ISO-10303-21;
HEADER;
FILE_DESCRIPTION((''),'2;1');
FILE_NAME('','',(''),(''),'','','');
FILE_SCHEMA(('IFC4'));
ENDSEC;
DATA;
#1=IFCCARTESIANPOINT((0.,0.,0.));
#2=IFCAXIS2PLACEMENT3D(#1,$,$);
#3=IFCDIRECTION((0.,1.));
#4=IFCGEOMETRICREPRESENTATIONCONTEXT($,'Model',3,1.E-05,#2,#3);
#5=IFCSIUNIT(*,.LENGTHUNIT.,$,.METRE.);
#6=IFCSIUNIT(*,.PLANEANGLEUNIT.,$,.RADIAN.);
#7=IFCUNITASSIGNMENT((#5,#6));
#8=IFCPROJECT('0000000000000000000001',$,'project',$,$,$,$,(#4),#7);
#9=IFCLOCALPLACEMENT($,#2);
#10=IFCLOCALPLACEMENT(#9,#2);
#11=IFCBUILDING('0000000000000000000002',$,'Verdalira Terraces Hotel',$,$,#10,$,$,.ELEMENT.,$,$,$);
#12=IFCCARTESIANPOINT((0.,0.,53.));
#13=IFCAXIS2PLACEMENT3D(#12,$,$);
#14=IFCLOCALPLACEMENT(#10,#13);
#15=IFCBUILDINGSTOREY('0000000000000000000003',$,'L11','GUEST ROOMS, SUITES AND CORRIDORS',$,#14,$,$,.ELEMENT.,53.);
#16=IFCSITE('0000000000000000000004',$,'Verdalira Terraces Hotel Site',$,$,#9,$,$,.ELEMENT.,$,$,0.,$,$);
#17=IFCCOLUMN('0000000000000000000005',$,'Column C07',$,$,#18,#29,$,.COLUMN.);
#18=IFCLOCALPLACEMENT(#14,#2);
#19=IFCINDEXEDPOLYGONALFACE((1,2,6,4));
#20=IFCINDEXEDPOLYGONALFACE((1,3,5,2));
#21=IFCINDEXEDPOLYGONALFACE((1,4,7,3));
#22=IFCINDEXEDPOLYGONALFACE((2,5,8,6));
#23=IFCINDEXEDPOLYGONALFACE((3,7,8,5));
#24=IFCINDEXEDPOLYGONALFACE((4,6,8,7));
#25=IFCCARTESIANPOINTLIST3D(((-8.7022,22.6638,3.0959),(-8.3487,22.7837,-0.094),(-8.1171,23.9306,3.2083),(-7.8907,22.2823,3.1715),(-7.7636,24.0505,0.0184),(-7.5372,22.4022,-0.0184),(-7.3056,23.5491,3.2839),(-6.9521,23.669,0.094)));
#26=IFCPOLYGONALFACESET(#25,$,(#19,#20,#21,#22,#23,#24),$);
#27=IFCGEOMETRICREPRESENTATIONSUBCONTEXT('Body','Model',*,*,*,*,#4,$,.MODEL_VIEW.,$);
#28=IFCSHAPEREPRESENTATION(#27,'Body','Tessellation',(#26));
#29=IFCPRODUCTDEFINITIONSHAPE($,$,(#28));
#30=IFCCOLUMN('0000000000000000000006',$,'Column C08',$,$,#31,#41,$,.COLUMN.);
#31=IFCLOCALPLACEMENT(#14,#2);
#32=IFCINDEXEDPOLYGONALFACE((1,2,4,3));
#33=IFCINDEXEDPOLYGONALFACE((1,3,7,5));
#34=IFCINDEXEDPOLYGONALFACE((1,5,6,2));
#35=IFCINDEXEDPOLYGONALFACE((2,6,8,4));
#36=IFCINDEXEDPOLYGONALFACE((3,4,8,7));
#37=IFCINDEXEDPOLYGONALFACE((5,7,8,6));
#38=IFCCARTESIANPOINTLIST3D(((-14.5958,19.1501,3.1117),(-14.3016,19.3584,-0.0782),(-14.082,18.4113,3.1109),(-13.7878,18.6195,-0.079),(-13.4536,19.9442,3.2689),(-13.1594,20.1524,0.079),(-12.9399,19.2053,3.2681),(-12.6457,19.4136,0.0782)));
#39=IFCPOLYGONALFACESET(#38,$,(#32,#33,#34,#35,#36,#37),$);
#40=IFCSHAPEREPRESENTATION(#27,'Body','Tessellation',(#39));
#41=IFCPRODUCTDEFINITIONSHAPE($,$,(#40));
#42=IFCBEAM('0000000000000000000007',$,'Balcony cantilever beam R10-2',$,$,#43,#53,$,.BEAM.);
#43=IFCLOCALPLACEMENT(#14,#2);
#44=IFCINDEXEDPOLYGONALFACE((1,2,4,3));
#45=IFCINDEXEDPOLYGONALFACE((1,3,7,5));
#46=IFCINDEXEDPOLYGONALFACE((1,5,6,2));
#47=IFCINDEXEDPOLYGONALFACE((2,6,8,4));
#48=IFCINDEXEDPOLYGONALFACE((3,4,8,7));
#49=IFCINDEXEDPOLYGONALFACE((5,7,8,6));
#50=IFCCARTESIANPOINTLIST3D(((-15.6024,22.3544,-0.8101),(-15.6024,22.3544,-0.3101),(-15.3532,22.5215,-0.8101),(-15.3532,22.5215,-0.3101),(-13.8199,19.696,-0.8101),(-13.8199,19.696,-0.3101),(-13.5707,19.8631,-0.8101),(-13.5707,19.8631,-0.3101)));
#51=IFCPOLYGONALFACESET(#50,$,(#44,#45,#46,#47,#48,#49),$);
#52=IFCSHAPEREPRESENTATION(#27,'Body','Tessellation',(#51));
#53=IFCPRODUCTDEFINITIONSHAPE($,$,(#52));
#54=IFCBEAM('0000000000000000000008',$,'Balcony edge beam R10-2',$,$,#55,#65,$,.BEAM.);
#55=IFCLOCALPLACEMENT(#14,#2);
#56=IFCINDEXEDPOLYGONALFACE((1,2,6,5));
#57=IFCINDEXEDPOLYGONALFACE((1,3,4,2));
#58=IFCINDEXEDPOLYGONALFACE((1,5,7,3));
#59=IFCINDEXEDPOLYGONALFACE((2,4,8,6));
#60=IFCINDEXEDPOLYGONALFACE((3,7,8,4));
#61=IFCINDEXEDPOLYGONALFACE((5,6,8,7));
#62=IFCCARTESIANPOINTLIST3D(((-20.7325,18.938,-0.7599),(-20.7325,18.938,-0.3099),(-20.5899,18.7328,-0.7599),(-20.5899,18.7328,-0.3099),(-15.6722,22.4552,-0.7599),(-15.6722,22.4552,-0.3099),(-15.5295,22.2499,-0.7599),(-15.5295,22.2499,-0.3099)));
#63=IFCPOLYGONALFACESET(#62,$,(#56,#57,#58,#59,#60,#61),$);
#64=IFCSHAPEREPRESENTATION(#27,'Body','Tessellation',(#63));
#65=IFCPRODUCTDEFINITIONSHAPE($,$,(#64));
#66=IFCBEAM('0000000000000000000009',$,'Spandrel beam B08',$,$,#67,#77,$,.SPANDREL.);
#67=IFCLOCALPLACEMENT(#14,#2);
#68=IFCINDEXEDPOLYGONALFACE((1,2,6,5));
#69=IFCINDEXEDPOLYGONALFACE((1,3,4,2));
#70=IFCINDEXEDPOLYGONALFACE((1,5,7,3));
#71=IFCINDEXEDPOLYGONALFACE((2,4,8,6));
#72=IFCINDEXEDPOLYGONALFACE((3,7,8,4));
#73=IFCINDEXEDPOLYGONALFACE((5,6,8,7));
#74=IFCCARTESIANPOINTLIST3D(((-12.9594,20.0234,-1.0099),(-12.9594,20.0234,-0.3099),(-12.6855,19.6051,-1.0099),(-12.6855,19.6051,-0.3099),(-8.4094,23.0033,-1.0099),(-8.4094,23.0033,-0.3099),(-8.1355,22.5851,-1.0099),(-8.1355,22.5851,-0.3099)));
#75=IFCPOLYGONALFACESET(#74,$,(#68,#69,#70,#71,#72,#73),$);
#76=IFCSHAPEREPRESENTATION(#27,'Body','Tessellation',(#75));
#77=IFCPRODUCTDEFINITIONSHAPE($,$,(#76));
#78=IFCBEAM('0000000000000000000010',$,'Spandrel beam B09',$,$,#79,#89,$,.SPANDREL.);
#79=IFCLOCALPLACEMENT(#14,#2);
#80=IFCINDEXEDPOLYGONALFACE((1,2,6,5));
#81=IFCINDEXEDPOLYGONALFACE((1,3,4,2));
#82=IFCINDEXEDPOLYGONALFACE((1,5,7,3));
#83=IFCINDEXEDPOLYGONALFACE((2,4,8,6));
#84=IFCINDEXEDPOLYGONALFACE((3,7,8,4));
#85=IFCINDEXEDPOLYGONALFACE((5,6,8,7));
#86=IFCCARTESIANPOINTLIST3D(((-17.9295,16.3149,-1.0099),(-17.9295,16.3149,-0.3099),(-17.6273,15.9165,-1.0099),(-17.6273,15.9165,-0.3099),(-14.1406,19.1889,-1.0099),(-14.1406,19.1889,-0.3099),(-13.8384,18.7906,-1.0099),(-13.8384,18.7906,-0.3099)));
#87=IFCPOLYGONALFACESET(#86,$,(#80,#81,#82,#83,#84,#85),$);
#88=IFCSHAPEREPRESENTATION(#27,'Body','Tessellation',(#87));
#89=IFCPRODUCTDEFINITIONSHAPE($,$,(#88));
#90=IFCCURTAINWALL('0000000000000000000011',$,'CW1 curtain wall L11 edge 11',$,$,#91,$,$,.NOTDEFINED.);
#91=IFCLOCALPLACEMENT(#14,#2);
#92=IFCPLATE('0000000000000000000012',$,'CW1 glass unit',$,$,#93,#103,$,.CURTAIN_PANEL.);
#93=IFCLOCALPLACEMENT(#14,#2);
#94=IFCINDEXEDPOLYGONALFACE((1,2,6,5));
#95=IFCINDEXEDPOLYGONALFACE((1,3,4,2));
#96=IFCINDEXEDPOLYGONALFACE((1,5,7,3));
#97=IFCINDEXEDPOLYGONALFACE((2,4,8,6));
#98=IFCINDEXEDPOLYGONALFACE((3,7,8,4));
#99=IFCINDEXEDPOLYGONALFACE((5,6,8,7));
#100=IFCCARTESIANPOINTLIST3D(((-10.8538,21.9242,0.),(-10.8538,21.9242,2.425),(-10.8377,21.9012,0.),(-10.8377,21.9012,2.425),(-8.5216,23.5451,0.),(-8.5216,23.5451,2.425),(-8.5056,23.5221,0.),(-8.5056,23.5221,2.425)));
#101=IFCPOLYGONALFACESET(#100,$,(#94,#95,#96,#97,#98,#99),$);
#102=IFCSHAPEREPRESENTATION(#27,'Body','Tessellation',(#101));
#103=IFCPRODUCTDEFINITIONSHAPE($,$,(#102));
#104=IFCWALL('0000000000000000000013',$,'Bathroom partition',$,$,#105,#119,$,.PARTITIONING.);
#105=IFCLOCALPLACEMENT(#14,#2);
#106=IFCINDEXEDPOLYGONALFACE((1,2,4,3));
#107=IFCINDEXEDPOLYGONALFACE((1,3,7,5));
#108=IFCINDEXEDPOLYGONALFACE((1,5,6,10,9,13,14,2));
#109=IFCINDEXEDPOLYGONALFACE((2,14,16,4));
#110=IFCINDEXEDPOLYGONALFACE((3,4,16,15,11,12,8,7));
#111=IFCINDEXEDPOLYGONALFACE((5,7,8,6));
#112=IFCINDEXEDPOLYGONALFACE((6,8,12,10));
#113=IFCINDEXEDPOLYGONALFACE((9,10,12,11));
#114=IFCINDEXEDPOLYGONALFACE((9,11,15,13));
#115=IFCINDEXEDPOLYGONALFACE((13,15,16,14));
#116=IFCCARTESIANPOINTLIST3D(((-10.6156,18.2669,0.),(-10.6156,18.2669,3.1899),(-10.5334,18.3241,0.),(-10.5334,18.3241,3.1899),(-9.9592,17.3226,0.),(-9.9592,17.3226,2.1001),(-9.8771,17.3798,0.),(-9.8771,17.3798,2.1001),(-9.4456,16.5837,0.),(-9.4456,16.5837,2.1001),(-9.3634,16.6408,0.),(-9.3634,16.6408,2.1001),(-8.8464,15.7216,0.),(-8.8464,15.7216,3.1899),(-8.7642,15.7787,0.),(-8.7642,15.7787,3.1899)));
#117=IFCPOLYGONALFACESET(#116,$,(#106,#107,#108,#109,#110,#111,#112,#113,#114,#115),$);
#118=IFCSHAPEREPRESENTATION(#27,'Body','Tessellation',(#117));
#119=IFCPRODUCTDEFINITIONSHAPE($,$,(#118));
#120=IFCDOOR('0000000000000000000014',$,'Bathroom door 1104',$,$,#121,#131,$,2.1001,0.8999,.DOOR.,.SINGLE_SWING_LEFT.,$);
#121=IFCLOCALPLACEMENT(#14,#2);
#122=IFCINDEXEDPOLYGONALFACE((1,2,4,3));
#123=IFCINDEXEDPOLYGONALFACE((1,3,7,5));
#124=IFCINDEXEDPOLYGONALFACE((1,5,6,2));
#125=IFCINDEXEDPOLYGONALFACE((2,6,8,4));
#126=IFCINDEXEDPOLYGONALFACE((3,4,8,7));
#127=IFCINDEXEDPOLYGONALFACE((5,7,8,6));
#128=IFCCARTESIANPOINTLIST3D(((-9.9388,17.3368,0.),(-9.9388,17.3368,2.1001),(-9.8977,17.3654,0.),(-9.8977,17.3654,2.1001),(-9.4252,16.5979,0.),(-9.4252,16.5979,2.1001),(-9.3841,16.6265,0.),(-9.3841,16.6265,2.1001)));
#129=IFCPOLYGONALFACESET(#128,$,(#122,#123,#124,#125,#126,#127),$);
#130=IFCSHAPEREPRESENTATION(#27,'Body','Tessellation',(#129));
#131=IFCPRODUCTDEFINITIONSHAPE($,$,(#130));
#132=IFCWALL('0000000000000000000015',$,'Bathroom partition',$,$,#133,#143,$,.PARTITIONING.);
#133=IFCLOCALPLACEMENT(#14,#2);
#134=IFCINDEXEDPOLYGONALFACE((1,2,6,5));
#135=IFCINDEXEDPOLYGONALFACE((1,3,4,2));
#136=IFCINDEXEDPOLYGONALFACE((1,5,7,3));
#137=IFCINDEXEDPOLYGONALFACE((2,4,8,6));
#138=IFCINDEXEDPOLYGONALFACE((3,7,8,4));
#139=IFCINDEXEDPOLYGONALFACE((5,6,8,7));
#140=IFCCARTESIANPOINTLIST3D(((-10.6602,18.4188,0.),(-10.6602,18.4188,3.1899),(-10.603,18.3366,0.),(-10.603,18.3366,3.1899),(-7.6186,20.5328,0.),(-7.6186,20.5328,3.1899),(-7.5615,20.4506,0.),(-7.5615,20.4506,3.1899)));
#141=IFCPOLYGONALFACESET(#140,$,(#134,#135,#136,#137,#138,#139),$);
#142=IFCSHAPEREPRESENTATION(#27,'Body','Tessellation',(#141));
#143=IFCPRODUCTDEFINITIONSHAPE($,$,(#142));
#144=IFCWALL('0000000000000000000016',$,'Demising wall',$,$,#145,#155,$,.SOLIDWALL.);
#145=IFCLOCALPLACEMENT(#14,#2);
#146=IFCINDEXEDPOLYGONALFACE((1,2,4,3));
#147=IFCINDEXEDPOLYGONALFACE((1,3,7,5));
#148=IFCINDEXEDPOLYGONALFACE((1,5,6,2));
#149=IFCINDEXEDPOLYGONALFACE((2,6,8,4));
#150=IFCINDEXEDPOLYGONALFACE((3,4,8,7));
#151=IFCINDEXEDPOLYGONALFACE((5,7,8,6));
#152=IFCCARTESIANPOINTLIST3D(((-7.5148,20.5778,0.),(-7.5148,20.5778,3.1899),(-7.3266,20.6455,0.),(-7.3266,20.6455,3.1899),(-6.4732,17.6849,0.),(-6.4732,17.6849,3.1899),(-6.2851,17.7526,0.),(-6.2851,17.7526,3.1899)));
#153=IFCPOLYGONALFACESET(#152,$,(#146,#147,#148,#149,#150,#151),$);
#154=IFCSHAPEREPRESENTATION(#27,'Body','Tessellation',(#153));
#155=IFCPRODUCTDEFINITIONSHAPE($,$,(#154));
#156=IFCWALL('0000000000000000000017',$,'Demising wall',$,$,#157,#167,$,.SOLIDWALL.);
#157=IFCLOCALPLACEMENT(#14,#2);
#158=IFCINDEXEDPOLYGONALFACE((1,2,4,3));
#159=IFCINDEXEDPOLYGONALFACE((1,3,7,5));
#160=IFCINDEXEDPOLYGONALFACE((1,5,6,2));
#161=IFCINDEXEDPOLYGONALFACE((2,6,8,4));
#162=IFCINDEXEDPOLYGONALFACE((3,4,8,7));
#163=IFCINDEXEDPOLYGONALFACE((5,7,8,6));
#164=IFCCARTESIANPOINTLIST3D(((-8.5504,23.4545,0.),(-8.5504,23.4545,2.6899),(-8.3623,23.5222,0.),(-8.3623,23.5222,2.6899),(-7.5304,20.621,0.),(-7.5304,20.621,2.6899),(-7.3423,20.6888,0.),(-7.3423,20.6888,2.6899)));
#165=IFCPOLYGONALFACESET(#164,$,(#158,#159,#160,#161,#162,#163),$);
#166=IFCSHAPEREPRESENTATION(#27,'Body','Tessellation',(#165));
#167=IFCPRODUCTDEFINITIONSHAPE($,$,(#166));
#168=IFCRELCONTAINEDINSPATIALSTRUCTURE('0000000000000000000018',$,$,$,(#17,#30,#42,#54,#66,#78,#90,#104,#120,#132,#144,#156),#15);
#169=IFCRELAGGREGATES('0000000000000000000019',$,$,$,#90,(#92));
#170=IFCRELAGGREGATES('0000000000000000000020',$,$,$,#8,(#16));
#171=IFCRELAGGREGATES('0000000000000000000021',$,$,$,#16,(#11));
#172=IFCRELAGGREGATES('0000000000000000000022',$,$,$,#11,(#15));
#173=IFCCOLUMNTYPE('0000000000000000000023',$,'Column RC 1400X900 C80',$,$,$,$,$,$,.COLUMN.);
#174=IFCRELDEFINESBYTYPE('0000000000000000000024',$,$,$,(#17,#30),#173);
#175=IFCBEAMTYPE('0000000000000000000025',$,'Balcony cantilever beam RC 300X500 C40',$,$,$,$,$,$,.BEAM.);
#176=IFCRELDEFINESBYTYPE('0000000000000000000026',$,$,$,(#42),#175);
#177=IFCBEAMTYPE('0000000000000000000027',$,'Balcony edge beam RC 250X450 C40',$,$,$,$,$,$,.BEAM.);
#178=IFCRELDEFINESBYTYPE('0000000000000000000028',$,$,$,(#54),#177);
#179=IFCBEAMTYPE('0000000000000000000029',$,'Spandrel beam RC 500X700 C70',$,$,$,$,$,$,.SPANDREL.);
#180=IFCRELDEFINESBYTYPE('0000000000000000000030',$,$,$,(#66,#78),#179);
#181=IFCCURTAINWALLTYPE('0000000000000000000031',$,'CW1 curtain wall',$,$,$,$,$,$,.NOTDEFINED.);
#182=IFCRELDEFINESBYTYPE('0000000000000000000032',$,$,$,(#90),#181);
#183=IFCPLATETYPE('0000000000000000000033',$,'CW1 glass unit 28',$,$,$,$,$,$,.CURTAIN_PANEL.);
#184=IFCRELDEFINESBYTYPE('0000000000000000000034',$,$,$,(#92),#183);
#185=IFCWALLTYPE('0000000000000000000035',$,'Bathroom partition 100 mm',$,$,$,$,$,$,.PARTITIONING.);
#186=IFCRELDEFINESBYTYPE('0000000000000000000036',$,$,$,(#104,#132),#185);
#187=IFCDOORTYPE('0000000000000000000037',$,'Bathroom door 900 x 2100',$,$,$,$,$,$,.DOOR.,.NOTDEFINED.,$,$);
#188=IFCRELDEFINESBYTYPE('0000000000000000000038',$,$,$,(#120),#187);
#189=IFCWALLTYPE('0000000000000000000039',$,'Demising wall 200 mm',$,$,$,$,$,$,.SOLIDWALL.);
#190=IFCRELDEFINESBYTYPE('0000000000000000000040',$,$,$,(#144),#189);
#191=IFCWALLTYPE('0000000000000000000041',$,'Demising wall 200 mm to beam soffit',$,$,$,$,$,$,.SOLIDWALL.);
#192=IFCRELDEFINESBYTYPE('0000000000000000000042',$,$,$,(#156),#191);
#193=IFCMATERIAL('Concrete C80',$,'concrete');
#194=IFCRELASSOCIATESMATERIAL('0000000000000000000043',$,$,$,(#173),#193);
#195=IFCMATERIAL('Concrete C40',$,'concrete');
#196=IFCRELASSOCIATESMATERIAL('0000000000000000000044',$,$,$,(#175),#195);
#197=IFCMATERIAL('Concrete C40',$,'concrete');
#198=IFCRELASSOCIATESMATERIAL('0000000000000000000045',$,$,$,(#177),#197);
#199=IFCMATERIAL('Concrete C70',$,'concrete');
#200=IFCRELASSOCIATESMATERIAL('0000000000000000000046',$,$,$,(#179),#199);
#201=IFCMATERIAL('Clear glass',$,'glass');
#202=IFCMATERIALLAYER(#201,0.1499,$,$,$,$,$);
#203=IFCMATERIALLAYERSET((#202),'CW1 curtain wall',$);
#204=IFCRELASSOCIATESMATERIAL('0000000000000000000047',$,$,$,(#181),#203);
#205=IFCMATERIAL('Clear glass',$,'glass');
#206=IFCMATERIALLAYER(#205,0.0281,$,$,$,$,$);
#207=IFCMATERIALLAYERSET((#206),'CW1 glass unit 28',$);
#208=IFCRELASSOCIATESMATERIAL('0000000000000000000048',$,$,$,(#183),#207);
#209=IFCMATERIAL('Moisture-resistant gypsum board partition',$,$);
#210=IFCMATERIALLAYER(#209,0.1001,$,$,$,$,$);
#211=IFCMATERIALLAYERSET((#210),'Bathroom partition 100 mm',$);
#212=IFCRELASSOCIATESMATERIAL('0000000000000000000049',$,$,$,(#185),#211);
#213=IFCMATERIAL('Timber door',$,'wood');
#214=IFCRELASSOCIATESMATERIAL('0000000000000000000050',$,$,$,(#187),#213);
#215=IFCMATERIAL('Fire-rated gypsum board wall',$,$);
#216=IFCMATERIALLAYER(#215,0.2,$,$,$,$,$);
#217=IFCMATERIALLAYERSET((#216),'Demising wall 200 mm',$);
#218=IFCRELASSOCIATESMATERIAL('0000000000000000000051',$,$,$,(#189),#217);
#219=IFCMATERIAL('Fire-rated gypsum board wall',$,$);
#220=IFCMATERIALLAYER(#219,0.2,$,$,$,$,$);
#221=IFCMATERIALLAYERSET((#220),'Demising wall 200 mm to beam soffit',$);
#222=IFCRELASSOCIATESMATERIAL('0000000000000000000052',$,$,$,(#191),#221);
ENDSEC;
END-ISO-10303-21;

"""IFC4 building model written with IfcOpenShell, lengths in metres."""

from ifc_helpers import new_model, si_unit, direction, frame, frame_2d, origin, origin_2d, place, context, subcontext, project, spatial, rectangle, extrude, material, layer, layer_set, material_profile, profile_set, type_object, element, fill, aggregate, save


model = new_model("IFC4")

# Units and contexts
model_context = context("Model", 3, precision=1e-05, world=origin(), true_north=direction((0.0, 1.0)))
body_context = subcontext(model_context, "Body", "Model", "MODEL_VIEW")
ifc_project = project(units=[si_unit("LENGTHUNIT", "METRE"), si_unit("PLANEANGLEUNIT", "RADIAN")], contexts=[model_context])

# Site, building, storey
site_placement = place(None, origin())
site = spatial("IfcSite", under=ifc_project, at=site_placement, Name="Verdalira Terraces Hotel Site", CompositionType="ELEMENT", RefElevation=0.0)
building_placement = place(site_placement, origin())
building = spatial("IfcBuilding", under=site, at=building_placement, Name="Verdalira Terraces Hotel", CompositionType="ELEMENT")
storey_placement = place(building_placement, frame((0.0, 0.0, 53.0)))
storey = spatial("IfcBuildingStorey", under=building, at=storey_placement, Name="L11", Description="GUEST ROOMS, SUITES AND CORRIDORS", CompositionType="ELEMENT", Elevation=53.0)

# Columns
ifc_material_1 = material(Name="Concrete C80", Category="concrete")
ifc_material_profile_1 = material_profile(ifc_material_1, rectangle(XDim=1.3999, YDim=0.8999, at=origin_2d()), Name="RC 1400X900")
ifc_profile_set_1 = profile_set([ifc_material_profile_1], Name="Concrete C80")
column_type = type_object("IfcColumnType", Name="Column RC 1400X900 C80", PredefinedType="COLUMN", material=ifc_profile_set_1)
column_1_placement = place(storey_placement, frame((-7.6504, 23.2263, 0.0), z_axis=(-0.110071, -0.037324, 0.993223), x_axis=(0.417947, 0.904914, 0.080323)))
element("IfcColumn", 1, at=column_1_placement, inside=storey, type_object=column_type, Name="Column C07", PredefinedType="COLUMN", context=body_context, shape_type="SweptSolid", body=[
    extrude(rectangle(XDim=1.3999, YDim=0.8999, at=origin_2d()), origin(), (0.0, 0.0, 1.0), 3.2117),
])
column_2_placement = place(storey_placement, frame((-13.4736, 19.386, 0.0), z_axis=(-0.091641, -0.064871, 0.993677), x_axis=(-0.815879, -0.567217, -0.112274)))
element("IfcColumn", 2, at=column_2_placement, inside=storey, type_object=column_type, Name="Column C08", PredefinedType="COLUMN", context=body_context, shape_type="SweptSolid", body=[
    extrude(rectangle(XDim=1.3999, YDim=0.8999, at=origin_2d()), origin(), (0.0, 0.0, 1.0), 3.2102),
])

# Beams
ifc_material_2 = material(Name="Concrete C40", Category="concrete")
ifc_material_profile_2 = material_profile(ifc_material_2, rectangle(XDim=0.3, YDim=0.5, at=origin_2d()), Name="RC 300X500")
ifc_profile_set_2 = profile_set([ifc_material_profile_2], Name="Concrete C40")
beam_type_1 = type_object("IfcBeamType", Name="Balcony cantilever beam RC 300X500 C40", PredefinedType="BEAM", material=ifc_profile_set_2)
beam_1_placement = place(storey_placement, frame((-13.6953, 19.7795, -0.5601), z_axis=(-0.556899, 0.830581, 0.0), x_axis=(-0.830581, -0.556899, 0.0)))
element("IfcBeam", 3, at=beam_1_placement, inside=storey, type_object=beam_type_1, Name="Balcony cantilever beam R10-2", PredefinedType="BEAM", context=body_context, shape_type="SweptSolid", body=[
    extrude(rectangle(XDim=0.3, YDim=0.5, at=origin_2d()), origin(), (0.0, 0.0, 1.0), 3.2007),
])
ifc_material_3 = material(Name="Concrete C40", Category="concrete")
ifc_material_profile_3 = material_profile(ifc_material_3, rectangle(XDim=0.25, YDim=0.45, at=origin_2d()), Name="RC 250X450")
ifc_profile_set_3 = profile_set([ifc_material_profile_3], Name="Concrete C40")
beam_type_2 = type_object("IfcBeamType", Name="Balcony edge beam RC 250X450 C40", PredefinedType="BEAM", material=ifc_profile_set_3)
beam_2_placement = place(storey_placement, frame((-15.6008, 22.3525, -0.5349), z_axis=(-0.821143, -0.570723, 0.0), x_axis=(0.570723, -0.821143, 0.0)))
element("IfcBeam", 4, at=beam_2_placement, inside=storey, type_object=beam_type_2, Name="Balcony edge beam R10-2", PredefinedType="BEAM", context=body_context, shape_type="SweptSolid", body=[
    extrude(rectangle(XDim=0.25, YDim=0.45, at=origin_2d()), origin(), (0.0, 0.0, 1.0), 6.1626),
])
ifc_material_4 = material(Name="Concrete C70", Category="concrete")
ifc_material_profile_4 = material_profile(ifc_material_4, rectangle(XDim=0.5, YDim=0.7, at=origin_2d()), Name="RC 500X700")
ifc_profile_set_4 = profile_set([ifc_material_profile_4], Name="Concrete C70")
beam_type_3 = type_object("IfcBeamType", Name="Spandrel beam RC 500X700 C70", PredefinedType="SPANDREL", material=ifc_profile_set_4)
beam_3_placement = place(storey_placement, frame((-8.2725, 22.7942, -0.6599), z_axis=(-0.836553, -0.547887, 0.0), x_axis=(0.547887, -0.836553, 0.0)))
element("IfcBeam", 5, at=beam_3_placement, inside=storey, type_object=beam_type_3, Name="Spandrel beam B08", PredefinedType="SPANDREL", context=body_context, shape_type="SweptSolid", body=[
    extrude(rectangle(XDim=0.5, YDim=0.7, at=origin_2d()), origin(), (0.0, 0.0, 1.0), 5.439),
])
beam_4_placement = place(storey_placement, frame((-13.9895, 18.9897, -0.6599), z_axis=(-0.796717, -0.604353, 0.0), x_axis=(0.604353, -0.796717, 0.0)))
element("IfcBeam", 6, at=beam_4_placement, inside=storey, type_object=beam_type_3, Name="Spandrel beam B09", PredefinedType="SPANDREL", context=body_context, shape_type="SweptSolid", body=[
    extrude(rectangle(XDim=0.5, YDim=0.7, at=origin_2d()), origin(), (0.0, 0.0, 1.0), 4.7556),
])

# Curtain wall, plate
ifc_material_5 = material(Name="Clear glass", Category="glass")
ifc_layer_1 = layer(ifc_material_5, 0.1499)
ifc_layer_set_1 = layer_set([ifc_layer_1], Name="CW1 curtain wall")
curtain_wall_type = type_object("IfcCurtainWallType", Name="CW1 curtain wall", PredefinedType="NOTDEFINED", material=ifc_layer_set_1)
curtain_wall_placement = place(storey_placement, origin())
curtain_wall = element("IfcCurtainWall", 7, at=curtain_wall_placement, inside=storey, type_object=curtain_wall_type, Name="CW1 curtain wall L11 edge 11", PredefinedType="NOTDEFINED")
ifc_material_6 = material(Name="Clear glass", Category="glass")
ifc_layer_2 = layer(ifc_material_6, 0.0281)
ifc_layer_set_2 = layer_set([ifc_layer_2], Name="CW1 glass unit 28")
plate_type = type_object("IfcPlateType", Name="CW1 glass unit 28", PredefinedType="CURTAIN_PANEL", material=ifc_layer_set_2)
plate_placement = place(storey_placement, frame((-9.6797, 22.7231, 0.0), z_axis=(0.0, 0.0, 1.0), x_axis=(-0.821149, -0.570714, 0.0)))
plate = element("IfcPlate", 8, at=plate_placement, type_object=plate_type, Name="CW1 glass unit", PredefinedType="CURTAIN_PANEL", context=body_context, shape_type="SweptSolid", body=[
    extrude(rectangle(XDim=2.8401, YDim=0.0281, at=origin_2d()), origin(), (0.0, 0.0, 1.0), 2.425),
])
aggregate(curtain_wall, [plate])

# Wall, opening, door
ifc_material_7 = material(Name="Moisture-resistant gypsum board partition")
ifc_layer_3 = layer(ifc_material_7, 0.1001)
ifc_layer_set_3 = layer_set([ifc_layer_3], Name="Bathroom partition 100 mm")
wall_type_1 = type_object("IfcWallType", Name="Bathroom partition 100 mm", PredefinedType="PARTITIONING", material=ifc_layer_set_3)
wall_1_placement = place(storey_placement, frame((-10.5745, 18.2954, 0.0), z_axis=(0.0, 0.0, 1.0), x_axis=(0.570753, -0.821122, 0.0)))
wall_1 = element("IfcWall", 9, at=wall_1_placement, inside=storey, type_object=wall_type_1, Name="Bathroom partition", PredefinedType="PARTITIONING", context=body_context, shape_type="SweptSolid", body=[
    extrude(rectangle(XDim=3.0999, YDim=0.1001, at=frame_2d((1.5498, 0.0))), origin(), (0.0, 0.0, 1.0), 3.1899),
])
opening_1_placement = place(wall_1_placement, frame((1.1499, 0.0, 0.0)))
opening_1 = element("IfcOpeningElement", 10, at=opening_1_placement, cuts=wall_1, PredefinedType="OPENING", context=body_context, shape_type="SweptSolid", body=[
    extrude(rectangle(XDim=0.8999, YDim=2.1001, at=frame_2d((0.45, 1.05))), frame((0.0, 0.0601, 0.0), z_axis=(0.0, -1.0, 0.0), x_axis=(1.0, 0.0, 0.0)), (0.0, 0.0, 1.0), 0.1201),
])
ifc_material_8 = material(Name="Timber door", Category="wood")
door_type_1 = type_object("IfcDoorType", Name="Bathroom door 900 x 2100", OperationType="NOTDEFINED", PredefinedType="DOOR", material=ifc_material_8)
door_1_placement = place(opening_1_placement, origin())
door_1 = element("IfcDoor", 11, at=door_1_placement, inside=storey, type_object=door_type_1, Name="Bathroom door 1104", OperationType="SINGLE_SWING_LEFT", OverallHeight=2.1001, OverallWidth=0.8999, PredefinedType="DOOR", context=body_context, shape_type="SweptSolid", body=[
    extrude(rectangle(XDim=0.8999, YDim=2.1001, at=frame_2d((0.45, 1.05))), frame((0.0, 0.0249, 0.0), z_axis=(0.0, -1.0, 0.0), x_axis=(1.0, 0.0, 0.0)), (0.0, 0.0, 1.0), 0.05),
])
fill(opening_1, door_1)

# Walls
wall_2_placement = place(storey_placement, frame((-10.6316, 18.3777, 0.0), z_axis=(0.0, 0.0, 1.0), x_axis=(0.821135, 0.570734, 0.0)))
element("IfcWall", 12, at=wall_2_placement, inside=storey, type_object=wall_type_1, Name="Bathroom partition", PredefinedType="PARTITIONING", context=body_context, shape_type="SweptSolid", body=[
    extrude(rectangle(XDim=3.7041, YDim=0.1001, at=frame_2d((1.8521, 0.0))), origin(), (0.0, 0.0, 1.0), 3.1899),
])
ifc_material_9 = material(Name="Fire-rated gypsum board wall")
ifc_layer_4 = layer(ifc_material_9, 0.2)
ifc_layer_set_4 = layer_set([ifc_layer_4], Name="Demising wall 200 mm")
wall_type_2 = type_object("IfcWallType", Name="Demising wall 200 mm", PredefinedType="SOLIDWALL", material=ifc_layer_set_4)
wall_3_placement = place(storey_placement, frame((-6.3792, 17.7188, 0.0), z_axis=(0.0, 0.0, 1.0), x_axis=(-0.338745, 0.940878, 0.0)))
element("IfcWall", 13, at=wall_3_placement, inside=storey, type_object=wall_type_2, Name="Demising wall", PredefinedType="SOLIDWALL", context=body_context, shape_type="SweptSolid", body=[
    extrude(rectangle(XDim=3.0747, YDim=0.2, at=frame_2d((1.5374, 0.0))), origin(), (0.0, 0.0, 1.0), 3.1899),
])
ifc_material_10 = material(Name="Fire-rated gypsum board wall")
ifc_layer_5 = layer(ifc_material_10, 0.2)
ifc_layer_set_5 = layer_set([ifc_layer_5], Name="Demising wall 200 mm to beam soffit")
wall_type_3 = type_object("IfcWallType", Name="Demising wall 200 mm to beam soffit", PredefinedType="SOLIDWALL", material=ifc_layer_set_5)
wall_4_placement = place(storey_placement, frame((-7.4363, 20.6548, 0.0), z_axis=(0.0, 0.0, 1.0), x_axis=(-0.338708, 0.940892, 0.0)))
element("IfcWall", 14, at=wall_4_placement, inside=storey, type_object=wall_type_3, Name="Demising wall", PredefinedType="SOLIDWALL", context=body_context, shape_type="SweptSolid", body=[
    extrude(rectangle(XDim=3.0115, YDim=0.2, at=frame_2d((1.5059, 0.0))), origin(), (0.0, 0.0, 1.0), 2.6899),
])

save(model, "model.ifc")
